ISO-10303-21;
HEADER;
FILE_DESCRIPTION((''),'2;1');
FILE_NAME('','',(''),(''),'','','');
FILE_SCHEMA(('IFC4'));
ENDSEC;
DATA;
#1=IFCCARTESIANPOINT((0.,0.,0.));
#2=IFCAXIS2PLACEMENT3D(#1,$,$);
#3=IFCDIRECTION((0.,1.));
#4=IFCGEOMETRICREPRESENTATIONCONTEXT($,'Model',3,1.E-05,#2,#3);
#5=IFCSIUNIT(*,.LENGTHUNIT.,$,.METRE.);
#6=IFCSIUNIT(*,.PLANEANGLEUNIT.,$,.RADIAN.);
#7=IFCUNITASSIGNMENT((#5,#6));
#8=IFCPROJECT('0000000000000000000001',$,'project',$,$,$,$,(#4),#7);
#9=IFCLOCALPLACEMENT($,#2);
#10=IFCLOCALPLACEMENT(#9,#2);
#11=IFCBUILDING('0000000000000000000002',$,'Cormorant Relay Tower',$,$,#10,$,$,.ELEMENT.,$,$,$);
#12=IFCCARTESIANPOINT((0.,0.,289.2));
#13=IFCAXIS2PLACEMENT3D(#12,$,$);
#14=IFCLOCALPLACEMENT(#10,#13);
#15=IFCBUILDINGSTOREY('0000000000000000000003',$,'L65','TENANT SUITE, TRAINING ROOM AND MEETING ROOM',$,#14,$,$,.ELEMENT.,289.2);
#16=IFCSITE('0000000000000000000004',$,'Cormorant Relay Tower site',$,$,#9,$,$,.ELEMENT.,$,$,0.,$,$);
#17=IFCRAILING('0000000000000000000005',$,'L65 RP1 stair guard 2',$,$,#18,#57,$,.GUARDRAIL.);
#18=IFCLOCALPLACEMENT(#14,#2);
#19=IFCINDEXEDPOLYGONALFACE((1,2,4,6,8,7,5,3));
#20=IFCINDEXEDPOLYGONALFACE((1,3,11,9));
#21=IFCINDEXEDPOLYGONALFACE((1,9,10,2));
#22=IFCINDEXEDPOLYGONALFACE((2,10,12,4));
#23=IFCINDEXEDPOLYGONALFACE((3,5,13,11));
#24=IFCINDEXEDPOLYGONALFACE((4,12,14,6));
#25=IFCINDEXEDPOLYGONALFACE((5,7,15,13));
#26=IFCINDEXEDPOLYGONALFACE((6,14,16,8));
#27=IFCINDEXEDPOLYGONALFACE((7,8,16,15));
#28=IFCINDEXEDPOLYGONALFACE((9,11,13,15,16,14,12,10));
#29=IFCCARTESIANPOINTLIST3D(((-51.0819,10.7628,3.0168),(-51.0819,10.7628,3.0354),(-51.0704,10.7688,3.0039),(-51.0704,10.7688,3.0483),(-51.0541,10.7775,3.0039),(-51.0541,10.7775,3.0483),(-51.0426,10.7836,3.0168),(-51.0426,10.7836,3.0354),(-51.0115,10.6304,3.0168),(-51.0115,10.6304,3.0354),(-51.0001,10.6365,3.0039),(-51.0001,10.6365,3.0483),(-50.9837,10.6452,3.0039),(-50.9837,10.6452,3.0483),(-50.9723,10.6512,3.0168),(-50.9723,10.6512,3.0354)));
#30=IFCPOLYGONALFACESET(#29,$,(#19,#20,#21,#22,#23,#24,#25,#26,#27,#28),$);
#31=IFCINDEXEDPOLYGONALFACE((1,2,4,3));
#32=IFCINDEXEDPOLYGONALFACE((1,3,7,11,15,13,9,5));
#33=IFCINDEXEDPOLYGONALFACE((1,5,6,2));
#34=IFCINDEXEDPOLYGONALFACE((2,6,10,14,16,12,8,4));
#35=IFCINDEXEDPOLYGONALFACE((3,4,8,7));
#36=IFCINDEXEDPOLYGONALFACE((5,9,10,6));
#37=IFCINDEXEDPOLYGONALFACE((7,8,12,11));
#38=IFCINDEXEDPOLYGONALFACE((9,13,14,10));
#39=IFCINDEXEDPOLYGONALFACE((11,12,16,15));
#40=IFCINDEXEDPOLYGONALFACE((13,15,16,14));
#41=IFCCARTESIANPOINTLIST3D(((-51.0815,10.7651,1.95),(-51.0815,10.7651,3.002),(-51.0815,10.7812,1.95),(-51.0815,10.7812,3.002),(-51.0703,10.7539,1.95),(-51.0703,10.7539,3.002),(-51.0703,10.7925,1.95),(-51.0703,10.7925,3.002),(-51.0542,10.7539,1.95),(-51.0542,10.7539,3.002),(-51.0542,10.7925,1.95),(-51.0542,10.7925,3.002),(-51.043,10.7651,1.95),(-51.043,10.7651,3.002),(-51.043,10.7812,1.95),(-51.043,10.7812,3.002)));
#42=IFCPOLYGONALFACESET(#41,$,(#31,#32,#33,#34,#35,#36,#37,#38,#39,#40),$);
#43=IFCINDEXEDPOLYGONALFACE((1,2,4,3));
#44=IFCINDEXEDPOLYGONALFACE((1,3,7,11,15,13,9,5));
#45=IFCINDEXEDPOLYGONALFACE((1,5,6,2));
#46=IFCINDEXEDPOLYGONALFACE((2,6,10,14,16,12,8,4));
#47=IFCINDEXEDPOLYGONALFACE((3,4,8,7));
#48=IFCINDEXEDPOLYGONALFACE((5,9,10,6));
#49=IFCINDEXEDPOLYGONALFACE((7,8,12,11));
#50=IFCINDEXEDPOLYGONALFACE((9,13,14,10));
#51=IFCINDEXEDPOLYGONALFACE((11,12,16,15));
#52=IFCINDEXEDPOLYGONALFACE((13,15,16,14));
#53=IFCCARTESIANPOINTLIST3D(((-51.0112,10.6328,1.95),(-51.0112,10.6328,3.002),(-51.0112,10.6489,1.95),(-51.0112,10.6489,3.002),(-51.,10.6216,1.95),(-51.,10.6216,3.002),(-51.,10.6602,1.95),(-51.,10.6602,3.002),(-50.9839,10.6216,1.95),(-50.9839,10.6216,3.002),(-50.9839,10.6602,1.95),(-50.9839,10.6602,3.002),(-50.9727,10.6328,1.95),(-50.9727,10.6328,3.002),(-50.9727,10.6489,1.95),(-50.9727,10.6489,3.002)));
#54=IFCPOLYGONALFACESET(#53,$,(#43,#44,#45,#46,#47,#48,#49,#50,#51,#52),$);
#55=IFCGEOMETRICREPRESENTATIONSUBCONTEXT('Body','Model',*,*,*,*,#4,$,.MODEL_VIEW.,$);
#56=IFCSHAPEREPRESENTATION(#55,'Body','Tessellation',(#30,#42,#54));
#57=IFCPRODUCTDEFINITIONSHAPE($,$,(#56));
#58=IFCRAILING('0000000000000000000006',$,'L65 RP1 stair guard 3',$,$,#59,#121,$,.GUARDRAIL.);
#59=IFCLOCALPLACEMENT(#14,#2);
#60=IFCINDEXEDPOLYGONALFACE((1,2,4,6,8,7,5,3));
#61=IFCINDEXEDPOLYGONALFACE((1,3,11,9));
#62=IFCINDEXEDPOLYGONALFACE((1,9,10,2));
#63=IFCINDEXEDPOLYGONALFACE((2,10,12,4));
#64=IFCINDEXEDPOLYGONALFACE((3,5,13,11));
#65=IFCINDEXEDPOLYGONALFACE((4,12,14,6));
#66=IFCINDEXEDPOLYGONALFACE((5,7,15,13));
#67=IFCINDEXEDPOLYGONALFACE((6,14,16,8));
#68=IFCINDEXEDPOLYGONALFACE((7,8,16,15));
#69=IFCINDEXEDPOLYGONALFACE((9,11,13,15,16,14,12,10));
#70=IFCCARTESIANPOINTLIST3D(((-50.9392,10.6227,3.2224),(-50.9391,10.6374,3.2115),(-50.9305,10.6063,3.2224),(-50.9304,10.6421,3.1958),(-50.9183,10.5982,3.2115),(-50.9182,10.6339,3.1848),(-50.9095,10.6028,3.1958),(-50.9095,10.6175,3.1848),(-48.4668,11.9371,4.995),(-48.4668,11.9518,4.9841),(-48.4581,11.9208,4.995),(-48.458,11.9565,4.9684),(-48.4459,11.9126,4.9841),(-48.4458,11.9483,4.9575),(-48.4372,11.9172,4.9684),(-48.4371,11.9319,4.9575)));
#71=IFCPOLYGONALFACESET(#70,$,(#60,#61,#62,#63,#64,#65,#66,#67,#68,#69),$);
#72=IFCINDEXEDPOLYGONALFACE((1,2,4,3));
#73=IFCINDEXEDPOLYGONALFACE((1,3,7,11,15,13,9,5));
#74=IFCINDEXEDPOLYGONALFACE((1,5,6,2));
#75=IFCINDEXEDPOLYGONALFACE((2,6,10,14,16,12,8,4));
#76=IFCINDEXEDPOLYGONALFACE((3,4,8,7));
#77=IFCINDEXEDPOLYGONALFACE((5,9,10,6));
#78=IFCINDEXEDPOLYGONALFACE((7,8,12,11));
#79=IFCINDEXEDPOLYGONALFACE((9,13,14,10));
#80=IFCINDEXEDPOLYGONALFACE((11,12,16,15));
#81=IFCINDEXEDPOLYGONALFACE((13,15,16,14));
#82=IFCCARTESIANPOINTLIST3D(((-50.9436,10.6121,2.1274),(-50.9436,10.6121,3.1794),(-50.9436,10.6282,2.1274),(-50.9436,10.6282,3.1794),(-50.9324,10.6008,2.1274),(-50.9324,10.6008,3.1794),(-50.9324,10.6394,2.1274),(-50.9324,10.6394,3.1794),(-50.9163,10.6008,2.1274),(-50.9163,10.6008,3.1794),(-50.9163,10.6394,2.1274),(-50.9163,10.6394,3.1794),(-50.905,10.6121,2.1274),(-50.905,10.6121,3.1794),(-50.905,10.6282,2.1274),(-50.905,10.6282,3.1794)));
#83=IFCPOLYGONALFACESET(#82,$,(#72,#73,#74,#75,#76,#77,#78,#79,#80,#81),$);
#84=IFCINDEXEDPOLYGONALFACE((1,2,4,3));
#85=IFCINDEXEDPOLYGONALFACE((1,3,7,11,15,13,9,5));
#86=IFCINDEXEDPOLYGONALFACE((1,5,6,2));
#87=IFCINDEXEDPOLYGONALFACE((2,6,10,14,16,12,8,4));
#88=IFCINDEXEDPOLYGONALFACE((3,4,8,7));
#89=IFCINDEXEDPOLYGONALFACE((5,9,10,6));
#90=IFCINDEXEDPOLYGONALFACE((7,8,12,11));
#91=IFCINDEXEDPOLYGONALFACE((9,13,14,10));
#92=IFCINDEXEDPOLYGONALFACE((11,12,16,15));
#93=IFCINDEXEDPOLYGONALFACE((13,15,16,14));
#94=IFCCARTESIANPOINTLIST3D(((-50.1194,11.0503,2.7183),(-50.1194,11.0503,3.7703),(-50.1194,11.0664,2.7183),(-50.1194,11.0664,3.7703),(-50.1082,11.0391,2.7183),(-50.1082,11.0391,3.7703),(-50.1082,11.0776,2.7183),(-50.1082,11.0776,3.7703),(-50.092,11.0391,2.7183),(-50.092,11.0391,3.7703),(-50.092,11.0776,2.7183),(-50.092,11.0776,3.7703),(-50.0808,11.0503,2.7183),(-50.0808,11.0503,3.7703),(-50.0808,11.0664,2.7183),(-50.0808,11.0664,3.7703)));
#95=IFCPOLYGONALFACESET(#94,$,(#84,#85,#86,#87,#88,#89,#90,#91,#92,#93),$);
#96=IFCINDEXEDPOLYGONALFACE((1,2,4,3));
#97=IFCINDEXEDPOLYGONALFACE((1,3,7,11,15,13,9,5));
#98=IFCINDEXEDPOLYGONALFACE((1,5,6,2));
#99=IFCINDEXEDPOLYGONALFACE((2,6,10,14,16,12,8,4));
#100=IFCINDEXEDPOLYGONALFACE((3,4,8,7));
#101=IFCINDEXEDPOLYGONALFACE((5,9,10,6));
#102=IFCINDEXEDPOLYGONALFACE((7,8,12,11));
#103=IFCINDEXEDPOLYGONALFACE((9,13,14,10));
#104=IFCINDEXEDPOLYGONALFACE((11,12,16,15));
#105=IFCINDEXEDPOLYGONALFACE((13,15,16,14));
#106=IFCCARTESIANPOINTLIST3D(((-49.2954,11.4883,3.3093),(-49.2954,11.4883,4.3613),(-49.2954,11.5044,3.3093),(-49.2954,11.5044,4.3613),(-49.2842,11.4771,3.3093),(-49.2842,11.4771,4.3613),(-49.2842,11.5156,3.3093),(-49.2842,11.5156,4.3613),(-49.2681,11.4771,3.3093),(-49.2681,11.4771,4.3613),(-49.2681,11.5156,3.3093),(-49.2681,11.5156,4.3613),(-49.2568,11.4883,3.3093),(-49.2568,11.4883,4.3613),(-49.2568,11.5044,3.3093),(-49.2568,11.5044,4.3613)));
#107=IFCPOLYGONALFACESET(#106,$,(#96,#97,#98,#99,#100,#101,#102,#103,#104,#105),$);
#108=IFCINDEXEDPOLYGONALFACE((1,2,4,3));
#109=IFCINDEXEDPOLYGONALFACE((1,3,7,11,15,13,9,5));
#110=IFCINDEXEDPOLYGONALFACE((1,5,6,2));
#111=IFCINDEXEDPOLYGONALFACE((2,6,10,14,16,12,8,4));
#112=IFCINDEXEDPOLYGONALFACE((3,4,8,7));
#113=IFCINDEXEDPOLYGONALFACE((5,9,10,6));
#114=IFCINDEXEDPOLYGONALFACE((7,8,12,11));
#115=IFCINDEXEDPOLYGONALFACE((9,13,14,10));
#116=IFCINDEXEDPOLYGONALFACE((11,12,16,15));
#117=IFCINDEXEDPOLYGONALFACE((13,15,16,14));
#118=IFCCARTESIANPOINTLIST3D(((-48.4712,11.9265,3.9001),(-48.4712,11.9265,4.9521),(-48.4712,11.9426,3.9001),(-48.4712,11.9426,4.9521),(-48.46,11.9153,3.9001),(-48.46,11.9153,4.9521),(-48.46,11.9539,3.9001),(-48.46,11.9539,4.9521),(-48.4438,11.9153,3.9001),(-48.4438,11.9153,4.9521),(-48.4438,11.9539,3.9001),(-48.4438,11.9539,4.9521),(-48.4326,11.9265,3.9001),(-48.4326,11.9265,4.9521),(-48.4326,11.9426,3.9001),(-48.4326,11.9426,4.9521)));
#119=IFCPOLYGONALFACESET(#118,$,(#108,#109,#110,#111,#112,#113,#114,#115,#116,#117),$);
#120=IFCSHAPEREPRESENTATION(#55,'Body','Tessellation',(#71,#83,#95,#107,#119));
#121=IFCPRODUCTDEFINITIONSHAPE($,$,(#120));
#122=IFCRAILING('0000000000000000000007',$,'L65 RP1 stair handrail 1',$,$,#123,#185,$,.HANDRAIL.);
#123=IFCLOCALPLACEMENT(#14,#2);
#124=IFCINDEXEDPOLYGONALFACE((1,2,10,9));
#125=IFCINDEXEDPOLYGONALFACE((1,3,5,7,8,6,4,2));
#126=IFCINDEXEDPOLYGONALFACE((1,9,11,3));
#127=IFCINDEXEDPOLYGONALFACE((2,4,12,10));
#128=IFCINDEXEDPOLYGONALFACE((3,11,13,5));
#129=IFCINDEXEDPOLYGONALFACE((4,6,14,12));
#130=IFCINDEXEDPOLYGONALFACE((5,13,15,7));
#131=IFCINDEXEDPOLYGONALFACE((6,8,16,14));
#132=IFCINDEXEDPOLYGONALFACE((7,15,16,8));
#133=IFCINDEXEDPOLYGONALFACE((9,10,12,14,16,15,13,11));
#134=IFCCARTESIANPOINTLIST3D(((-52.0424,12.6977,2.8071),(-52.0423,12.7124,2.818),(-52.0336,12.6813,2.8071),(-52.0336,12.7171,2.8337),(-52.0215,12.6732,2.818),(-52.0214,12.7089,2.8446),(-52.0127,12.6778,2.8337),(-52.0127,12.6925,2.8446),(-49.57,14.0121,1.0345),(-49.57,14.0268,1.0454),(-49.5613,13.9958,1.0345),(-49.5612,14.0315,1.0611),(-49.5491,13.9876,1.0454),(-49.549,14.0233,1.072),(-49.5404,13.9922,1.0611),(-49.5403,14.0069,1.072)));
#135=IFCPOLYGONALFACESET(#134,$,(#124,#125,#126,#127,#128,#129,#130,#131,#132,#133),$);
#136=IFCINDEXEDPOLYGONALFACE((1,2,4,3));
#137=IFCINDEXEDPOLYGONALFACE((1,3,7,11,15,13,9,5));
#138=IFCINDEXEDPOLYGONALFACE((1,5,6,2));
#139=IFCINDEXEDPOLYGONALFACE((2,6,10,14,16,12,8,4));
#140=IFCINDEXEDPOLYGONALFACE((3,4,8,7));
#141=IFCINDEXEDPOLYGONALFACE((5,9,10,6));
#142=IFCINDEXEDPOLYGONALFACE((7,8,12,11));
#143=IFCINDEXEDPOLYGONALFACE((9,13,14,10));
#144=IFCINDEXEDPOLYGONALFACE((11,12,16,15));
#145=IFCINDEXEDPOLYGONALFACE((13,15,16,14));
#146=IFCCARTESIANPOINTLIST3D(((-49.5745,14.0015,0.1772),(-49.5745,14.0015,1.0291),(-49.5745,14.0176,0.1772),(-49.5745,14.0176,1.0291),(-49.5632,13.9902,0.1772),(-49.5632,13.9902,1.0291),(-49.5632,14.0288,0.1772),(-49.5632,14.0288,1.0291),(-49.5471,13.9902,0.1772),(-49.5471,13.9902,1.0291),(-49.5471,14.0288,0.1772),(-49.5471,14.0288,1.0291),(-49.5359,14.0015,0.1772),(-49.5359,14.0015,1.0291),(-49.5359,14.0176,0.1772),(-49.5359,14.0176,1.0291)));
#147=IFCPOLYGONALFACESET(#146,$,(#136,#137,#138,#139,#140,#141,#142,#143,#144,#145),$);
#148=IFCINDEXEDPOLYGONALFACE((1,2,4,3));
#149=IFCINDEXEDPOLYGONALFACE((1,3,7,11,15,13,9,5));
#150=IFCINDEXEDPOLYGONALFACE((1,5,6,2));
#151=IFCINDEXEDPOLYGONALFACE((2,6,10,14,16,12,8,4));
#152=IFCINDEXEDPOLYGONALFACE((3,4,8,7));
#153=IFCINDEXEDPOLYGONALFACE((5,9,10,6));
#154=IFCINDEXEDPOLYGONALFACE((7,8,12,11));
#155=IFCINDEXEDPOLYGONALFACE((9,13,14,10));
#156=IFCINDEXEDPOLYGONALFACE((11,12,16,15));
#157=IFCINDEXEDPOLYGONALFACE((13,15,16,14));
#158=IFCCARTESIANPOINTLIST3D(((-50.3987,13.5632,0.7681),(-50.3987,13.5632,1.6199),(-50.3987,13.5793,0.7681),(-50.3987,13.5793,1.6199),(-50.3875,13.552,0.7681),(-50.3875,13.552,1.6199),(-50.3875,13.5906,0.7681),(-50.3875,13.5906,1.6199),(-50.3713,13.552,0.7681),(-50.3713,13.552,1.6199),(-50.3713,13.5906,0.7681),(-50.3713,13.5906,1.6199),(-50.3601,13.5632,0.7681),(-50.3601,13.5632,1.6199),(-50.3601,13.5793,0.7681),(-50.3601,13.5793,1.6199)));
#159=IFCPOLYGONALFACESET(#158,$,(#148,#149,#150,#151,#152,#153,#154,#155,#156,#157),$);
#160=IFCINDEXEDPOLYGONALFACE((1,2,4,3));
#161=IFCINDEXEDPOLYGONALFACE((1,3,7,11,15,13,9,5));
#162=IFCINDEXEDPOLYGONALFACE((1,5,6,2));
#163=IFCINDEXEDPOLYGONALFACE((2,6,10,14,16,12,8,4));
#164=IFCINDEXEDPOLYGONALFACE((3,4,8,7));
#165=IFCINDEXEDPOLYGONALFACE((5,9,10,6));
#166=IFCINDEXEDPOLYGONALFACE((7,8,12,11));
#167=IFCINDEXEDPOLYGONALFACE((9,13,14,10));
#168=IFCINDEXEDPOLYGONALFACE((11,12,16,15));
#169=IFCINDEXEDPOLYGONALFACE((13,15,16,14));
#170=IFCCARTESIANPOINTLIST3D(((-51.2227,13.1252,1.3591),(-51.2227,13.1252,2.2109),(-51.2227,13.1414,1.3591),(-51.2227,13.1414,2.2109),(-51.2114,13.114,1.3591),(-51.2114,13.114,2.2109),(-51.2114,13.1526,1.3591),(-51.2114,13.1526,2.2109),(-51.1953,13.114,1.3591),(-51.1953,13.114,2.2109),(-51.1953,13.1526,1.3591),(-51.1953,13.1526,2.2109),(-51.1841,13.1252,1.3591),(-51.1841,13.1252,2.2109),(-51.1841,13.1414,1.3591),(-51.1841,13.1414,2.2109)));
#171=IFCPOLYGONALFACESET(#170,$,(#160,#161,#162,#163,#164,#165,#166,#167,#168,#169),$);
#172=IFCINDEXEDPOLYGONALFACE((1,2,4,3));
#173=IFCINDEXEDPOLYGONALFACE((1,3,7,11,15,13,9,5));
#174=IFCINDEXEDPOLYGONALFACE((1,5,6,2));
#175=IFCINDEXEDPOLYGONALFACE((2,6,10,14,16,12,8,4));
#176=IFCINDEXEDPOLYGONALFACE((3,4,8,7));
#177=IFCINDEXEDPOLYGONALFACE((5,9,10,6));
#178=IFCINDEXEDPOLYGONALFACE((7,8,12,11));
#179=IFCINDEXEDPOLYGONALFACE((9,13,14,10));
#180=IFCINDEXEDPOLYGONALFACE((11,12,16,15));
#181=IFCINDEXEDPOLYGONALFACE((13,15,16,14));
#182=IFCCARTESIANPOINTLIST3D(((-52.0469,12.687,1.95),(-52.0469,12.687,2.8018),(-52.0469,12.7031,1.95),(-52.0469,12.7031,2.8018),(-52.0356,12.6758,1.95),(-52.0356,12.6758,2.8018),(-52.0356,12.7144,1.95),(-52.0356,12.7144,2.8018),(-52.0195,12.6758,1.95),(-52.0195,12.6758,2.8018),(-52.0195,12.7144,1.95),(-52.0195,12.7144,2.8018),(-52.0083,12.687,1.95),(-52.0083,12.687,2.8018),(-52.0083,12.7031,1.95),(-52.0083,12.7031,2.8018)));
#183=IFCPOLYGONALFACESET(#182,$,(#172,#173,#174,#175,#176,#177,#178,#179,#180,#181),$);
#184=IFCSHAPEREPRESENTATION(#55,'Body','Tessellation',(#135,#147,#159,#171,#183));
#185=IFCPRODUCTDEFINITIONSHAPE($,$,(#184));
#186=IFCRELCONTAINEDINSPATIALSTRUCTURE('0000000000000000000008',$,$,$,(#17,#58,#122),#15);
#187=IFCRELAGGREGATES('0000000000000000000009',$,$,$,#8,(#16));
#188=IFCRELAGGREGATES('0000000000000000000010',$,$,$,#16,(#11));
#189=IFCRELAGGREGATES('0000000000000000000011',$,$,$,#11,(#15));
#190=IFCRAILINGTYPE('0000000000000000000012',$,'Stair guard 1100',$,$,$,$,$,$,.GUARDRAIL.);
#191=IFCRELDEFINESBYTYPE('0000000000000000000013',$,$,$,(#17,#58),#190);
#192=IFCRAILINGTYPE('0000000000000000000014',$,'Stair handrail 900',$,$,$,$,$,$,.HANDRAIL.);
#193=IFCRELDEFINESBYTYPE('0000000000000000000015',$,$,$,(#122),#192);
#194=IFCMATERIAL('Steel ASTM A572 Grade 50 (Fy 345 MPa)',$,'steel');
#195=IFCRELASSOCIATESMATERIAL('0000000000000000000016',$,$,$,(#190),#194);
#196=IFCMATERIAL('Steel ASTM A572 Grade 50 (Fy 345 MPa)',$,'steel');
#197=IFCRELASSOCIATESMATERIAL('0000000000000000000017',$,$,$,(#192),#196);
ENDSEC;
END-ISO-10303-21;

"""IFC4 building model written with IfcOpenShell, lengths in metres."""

from ifc_helpers import new_model, si_unit, direction, frame, origin, place, context, subcontext, project, spatial, polyline, outline, extrude, material, type_object, element, save


model = new_model("IFC4")

# Units and contexts
model_context = context("Model", 3, precision=1e-05, world=origin(), true_north=direction((0.0, 1.0)))
body_context = subcontext(model_context, "Body", "Model", "MODEL_VIEW")
ifc_project = project(units=[si_unit("LENGTHUNIT", "METRE"), si_unit("PLANEANGLEUNIT", "RADIAN")], contexts=[model_context])

# Site, building, storey
site_placement = place(None, origin())
site = spatial("IfcSite", under=ifc_project, at=site_placement, Name="Cormorant Relay Tower site", CompositionType="ELEMENT", RefElevation=0.0)
building_placement = place(site_placement, origin())
building = spatial("IfcBuilding", under=site, at=building_placement, Name="Cormorant Relay Tower", CompositionType="ELEMENT")
storey_placement = place(building_placement, frame((0.0, 0.0, 289.2)))
storey = spatial("IfcBuildingStorey", under=building, at=storey_placement, Name="L65", Description="TENANT SUITE, TRAINING ROOM AND MEETING ROOM", CompositionType="ELEMENT", Elevation=289.2)

# Railings
ifc_material_1 = material(Name="Steel ASTM A572 Grade 50 (Fy 345 MPa)", Category="steel")
railing_type_1 = type_object("IfcRailingType", Name="Stair guard 1100", PredefinedType="GUARDRAIL", material=ifc_material_1)
railing_1_placement = place(storey_placement, frame((-51.0623, 10.7732, 1.95)))
element("IfcRailing", 1, at=railing_1_placement, inside=storey, type_object=railing_type_1, Name="L65 RP1 stair guard 2", PredefinedType="GUARDRAIL", context=body_context, shape_type="SweptSolid", body=[
    extrude(outline(polyline([(0.0222, 0.0093), (0.0093, 0.0222), (-0.0093, 0.0222), (-0.0222, 0.0093), (-0.0222, -0.0093), (-0.0093, -0.0222), (0.0093, -0.0222), (0.0222, -0.0093), (0.0222, 0.0093)])), frame((0.0, 0.0, 1.0762), z_axis=(0.469235, -0.883074, 0.0), x_axis=(0.883074, 0.469235, 0.0)), (0.0, 0.0, 1.0), 0.1499),
    extrude(outline(polyline([(0.0193, 0.0081), (0.0081, 0.0193), (-0.0081, 0.0193), (-0.0193, 0.0081), (-0.0193, -0.0081), (-0.0081, -0.0193), (0.0081, -0.0193), (0.0193, -0.0081), (0.0193, 0.0081)])), origin(), (0.0, 0.0, 1.0), 1.052),
    extrude(outline(polyline([(0.0193, 0.0081), (0.0081, 0.0193), (-0.0081, 0.0193), (-0.0193, 0.0081), (-0.0193, -0.0081), (-0.0081, -0.0193), (0.0081, -0.0193), (0.0193, -0.0081), (0.0193, 0.0081)])), frame((0.0703, -0.1323, 0.0)), (0.0, 0.0, 1.0), 1.052),
])
railing_2_placement = place(storey_placement, frame((-50.9243, 10.6201, 2.1274)))
element("IfcRailing", 2, at=railing_2_placement, inside=storey, type_object=railing_type_1, Name="L65 RP1 stair guard 3", PredefinedType="GUARDRAIL", context=body_context, shape_type="SweptSolid", body=[
    extrude(outline(polyline([(0.0222, 0.0093), (0.0093, 0.0222), (-0.0093, 0.0222), (-0.0222, 0.0093), (-0.0222, -0.0093), (-0.0093, -0.0222), (0.0093, -0.0222), (0.0222, -0.0093), (0.0222, 0.0093)])), frame((0.0, 0.0, 1.0762), z_axis=(0.746034, 0.396627, 0.534902), x_axis=(-0.469429, 0.88297, 0.0)), (0.0, 0.0, 1.0), 3.314),
    extrude(outline(polyline([(0.0193, 0.0081), (0.0081, 0.0193), (-0.0081, 0.0193), (-0.0193, 0.0081), (-0.0193, -0.0081), (-0.0081, -0.0193), (0.0081, -0.0193), (0.0193, -0.0081), (0.0193, 0.0081)])), origin(), (0.0, 0.0, 1.0), 1.052),
    extrude(outline(polyline([(0.0193, 0.0081), (0.0081, 0.0193), (-0.0081, 0.0193), (-0.0193, 0.0081), (-0.0193, -0.0081), (-0.0081, -0.0193), (0.0081, -0.0193), (0.0193, -0.0081), (0.0193, 0.0081)])), frame((0.8242, 0.4382, 0.5908)), (0.0, 0.0, 1.0), 1.052),
    extrude(outline(polyline([(0.0193, 0.0081), (0.0081, 0.0193), (-0.0081, 0.0193), (-0.0193, 0.0081), (-0.0193, -0.0081), (-0.0081, -0.0193), (0.0081, -0.0193), (0.0193, -0.0081), (0.0193, 0.0081)])), frame((1.6482, 0.8762, 1.1819)), (0.0, 0.0, 1.0), 1.052),
    extrude(outline(polyline([(0.0193, 0.0081), (0.0081, 0.0193), (-0.0081, 0.0193), (-0.0193, 0.0081), (-0.0193, -0.0081), (-0.0081, -0.0193), (0.0081, -0.0193), (0.0193, -0.0081), (0.0193, 0.0081)])), frame((2.4724, 1.3145, 1.7727)), (0.0, 0.0, 1.0), 1.052),
])
ifc_material_2 = material(Name="Steel ASTM A572 Grade 50 (Fy 345 MPa)", Category="steel")
railing_type_2 = type_object("IfcRailingType", Name="Stair handrail 900", PredefinedType="HANDRAIL", material=ifc_material_2)
railing_3_placement = place(storey_placement, frame((-49.5552, 14.0095, 0.1772)))
element("IfcRailing", 3, at=railing_3_placement, inside=storey, type_object=railing_type_2, Name="L65 RP1 stair handrail 1", PredefinedType="HANDRAIL", context=body_context, shape_type="SweptSolid", body=[
    extrude(outline(polyline([(0.0222, 0.0093), (0.0093, 0.0222), (-0.0093, 0.0222), (-0.0222, 0.0093), (-0.0222, -0.0093), (-0.0093, -0.0222), (0.0093, -0.0222), (0.0222, -0.0093), (0.0222, 0.0093)])), frame((0.0, 0.0, 0.876), z_axis=(-0.746034, -0.396627, 0.534902), x_axis=(0.469429, -0.88297, 0.0)), (0.0, 0.0, 1.0), 3.314),
    extrude(outline(polyline([(0.0193, 0.0081), (0.0081, 0.0193), (-0.0081, 0.0193), (-0.0193, 0.0081), (-0.0193, -0.0081), (-0.0081, -0.0193), (0.0081, -0.0193), (0.0193, -0.0081), (0.0193, 0.0081)])), origin(), (0.0, 0.0, 1.0), 0.8518),
    extrude(outline(polyline([(0.0193, 0.0081), (0.0081, 0.0193), (-0.0081, 0.0193), (-0.0193, 0.0081), (-0.0193, -0.0081), (-0.0081, -0.0193), (0.0081, -0.0193), (0.0193, -0.0081), (0.0193, 0.0081)])), frame((-0.8242, -0.4382, 0.5908)), (0.0, 0.0, 1.0), 0.8518),
    extrude(outline(polyline([(0.0193, 0.0081), (0.0081, 0.0193), (-0.0081, 0.0193), (-0.0193, 0.0081), (-0.0193, -0.0081), (-0.0081, -0.0193), (0.0081, -0.0193), (0.0193, -0.0081), (0.0193, 0.0081)])), frame((-1.6482, -0.8762, 1.1819)), (0.0, 0.0, 1.0), 0.8518),
    extrude(outline(polyline([(0.0193, 0.0081), (0.0081, 0.0193), (-0.0081, 0.0193), (-0.0193, 0.0081), (-0.0193, -0.0081), (-0.0081, -0.0193), (0.0081, -0.0193), (0.0193, -0.0081), (0.0193, 0.0081)])), frame((-2.4724, -1.3145, 1.7727)), (0.0, 0.0, 1.0), 0.8518),
])

save(model, "model.ifc")
